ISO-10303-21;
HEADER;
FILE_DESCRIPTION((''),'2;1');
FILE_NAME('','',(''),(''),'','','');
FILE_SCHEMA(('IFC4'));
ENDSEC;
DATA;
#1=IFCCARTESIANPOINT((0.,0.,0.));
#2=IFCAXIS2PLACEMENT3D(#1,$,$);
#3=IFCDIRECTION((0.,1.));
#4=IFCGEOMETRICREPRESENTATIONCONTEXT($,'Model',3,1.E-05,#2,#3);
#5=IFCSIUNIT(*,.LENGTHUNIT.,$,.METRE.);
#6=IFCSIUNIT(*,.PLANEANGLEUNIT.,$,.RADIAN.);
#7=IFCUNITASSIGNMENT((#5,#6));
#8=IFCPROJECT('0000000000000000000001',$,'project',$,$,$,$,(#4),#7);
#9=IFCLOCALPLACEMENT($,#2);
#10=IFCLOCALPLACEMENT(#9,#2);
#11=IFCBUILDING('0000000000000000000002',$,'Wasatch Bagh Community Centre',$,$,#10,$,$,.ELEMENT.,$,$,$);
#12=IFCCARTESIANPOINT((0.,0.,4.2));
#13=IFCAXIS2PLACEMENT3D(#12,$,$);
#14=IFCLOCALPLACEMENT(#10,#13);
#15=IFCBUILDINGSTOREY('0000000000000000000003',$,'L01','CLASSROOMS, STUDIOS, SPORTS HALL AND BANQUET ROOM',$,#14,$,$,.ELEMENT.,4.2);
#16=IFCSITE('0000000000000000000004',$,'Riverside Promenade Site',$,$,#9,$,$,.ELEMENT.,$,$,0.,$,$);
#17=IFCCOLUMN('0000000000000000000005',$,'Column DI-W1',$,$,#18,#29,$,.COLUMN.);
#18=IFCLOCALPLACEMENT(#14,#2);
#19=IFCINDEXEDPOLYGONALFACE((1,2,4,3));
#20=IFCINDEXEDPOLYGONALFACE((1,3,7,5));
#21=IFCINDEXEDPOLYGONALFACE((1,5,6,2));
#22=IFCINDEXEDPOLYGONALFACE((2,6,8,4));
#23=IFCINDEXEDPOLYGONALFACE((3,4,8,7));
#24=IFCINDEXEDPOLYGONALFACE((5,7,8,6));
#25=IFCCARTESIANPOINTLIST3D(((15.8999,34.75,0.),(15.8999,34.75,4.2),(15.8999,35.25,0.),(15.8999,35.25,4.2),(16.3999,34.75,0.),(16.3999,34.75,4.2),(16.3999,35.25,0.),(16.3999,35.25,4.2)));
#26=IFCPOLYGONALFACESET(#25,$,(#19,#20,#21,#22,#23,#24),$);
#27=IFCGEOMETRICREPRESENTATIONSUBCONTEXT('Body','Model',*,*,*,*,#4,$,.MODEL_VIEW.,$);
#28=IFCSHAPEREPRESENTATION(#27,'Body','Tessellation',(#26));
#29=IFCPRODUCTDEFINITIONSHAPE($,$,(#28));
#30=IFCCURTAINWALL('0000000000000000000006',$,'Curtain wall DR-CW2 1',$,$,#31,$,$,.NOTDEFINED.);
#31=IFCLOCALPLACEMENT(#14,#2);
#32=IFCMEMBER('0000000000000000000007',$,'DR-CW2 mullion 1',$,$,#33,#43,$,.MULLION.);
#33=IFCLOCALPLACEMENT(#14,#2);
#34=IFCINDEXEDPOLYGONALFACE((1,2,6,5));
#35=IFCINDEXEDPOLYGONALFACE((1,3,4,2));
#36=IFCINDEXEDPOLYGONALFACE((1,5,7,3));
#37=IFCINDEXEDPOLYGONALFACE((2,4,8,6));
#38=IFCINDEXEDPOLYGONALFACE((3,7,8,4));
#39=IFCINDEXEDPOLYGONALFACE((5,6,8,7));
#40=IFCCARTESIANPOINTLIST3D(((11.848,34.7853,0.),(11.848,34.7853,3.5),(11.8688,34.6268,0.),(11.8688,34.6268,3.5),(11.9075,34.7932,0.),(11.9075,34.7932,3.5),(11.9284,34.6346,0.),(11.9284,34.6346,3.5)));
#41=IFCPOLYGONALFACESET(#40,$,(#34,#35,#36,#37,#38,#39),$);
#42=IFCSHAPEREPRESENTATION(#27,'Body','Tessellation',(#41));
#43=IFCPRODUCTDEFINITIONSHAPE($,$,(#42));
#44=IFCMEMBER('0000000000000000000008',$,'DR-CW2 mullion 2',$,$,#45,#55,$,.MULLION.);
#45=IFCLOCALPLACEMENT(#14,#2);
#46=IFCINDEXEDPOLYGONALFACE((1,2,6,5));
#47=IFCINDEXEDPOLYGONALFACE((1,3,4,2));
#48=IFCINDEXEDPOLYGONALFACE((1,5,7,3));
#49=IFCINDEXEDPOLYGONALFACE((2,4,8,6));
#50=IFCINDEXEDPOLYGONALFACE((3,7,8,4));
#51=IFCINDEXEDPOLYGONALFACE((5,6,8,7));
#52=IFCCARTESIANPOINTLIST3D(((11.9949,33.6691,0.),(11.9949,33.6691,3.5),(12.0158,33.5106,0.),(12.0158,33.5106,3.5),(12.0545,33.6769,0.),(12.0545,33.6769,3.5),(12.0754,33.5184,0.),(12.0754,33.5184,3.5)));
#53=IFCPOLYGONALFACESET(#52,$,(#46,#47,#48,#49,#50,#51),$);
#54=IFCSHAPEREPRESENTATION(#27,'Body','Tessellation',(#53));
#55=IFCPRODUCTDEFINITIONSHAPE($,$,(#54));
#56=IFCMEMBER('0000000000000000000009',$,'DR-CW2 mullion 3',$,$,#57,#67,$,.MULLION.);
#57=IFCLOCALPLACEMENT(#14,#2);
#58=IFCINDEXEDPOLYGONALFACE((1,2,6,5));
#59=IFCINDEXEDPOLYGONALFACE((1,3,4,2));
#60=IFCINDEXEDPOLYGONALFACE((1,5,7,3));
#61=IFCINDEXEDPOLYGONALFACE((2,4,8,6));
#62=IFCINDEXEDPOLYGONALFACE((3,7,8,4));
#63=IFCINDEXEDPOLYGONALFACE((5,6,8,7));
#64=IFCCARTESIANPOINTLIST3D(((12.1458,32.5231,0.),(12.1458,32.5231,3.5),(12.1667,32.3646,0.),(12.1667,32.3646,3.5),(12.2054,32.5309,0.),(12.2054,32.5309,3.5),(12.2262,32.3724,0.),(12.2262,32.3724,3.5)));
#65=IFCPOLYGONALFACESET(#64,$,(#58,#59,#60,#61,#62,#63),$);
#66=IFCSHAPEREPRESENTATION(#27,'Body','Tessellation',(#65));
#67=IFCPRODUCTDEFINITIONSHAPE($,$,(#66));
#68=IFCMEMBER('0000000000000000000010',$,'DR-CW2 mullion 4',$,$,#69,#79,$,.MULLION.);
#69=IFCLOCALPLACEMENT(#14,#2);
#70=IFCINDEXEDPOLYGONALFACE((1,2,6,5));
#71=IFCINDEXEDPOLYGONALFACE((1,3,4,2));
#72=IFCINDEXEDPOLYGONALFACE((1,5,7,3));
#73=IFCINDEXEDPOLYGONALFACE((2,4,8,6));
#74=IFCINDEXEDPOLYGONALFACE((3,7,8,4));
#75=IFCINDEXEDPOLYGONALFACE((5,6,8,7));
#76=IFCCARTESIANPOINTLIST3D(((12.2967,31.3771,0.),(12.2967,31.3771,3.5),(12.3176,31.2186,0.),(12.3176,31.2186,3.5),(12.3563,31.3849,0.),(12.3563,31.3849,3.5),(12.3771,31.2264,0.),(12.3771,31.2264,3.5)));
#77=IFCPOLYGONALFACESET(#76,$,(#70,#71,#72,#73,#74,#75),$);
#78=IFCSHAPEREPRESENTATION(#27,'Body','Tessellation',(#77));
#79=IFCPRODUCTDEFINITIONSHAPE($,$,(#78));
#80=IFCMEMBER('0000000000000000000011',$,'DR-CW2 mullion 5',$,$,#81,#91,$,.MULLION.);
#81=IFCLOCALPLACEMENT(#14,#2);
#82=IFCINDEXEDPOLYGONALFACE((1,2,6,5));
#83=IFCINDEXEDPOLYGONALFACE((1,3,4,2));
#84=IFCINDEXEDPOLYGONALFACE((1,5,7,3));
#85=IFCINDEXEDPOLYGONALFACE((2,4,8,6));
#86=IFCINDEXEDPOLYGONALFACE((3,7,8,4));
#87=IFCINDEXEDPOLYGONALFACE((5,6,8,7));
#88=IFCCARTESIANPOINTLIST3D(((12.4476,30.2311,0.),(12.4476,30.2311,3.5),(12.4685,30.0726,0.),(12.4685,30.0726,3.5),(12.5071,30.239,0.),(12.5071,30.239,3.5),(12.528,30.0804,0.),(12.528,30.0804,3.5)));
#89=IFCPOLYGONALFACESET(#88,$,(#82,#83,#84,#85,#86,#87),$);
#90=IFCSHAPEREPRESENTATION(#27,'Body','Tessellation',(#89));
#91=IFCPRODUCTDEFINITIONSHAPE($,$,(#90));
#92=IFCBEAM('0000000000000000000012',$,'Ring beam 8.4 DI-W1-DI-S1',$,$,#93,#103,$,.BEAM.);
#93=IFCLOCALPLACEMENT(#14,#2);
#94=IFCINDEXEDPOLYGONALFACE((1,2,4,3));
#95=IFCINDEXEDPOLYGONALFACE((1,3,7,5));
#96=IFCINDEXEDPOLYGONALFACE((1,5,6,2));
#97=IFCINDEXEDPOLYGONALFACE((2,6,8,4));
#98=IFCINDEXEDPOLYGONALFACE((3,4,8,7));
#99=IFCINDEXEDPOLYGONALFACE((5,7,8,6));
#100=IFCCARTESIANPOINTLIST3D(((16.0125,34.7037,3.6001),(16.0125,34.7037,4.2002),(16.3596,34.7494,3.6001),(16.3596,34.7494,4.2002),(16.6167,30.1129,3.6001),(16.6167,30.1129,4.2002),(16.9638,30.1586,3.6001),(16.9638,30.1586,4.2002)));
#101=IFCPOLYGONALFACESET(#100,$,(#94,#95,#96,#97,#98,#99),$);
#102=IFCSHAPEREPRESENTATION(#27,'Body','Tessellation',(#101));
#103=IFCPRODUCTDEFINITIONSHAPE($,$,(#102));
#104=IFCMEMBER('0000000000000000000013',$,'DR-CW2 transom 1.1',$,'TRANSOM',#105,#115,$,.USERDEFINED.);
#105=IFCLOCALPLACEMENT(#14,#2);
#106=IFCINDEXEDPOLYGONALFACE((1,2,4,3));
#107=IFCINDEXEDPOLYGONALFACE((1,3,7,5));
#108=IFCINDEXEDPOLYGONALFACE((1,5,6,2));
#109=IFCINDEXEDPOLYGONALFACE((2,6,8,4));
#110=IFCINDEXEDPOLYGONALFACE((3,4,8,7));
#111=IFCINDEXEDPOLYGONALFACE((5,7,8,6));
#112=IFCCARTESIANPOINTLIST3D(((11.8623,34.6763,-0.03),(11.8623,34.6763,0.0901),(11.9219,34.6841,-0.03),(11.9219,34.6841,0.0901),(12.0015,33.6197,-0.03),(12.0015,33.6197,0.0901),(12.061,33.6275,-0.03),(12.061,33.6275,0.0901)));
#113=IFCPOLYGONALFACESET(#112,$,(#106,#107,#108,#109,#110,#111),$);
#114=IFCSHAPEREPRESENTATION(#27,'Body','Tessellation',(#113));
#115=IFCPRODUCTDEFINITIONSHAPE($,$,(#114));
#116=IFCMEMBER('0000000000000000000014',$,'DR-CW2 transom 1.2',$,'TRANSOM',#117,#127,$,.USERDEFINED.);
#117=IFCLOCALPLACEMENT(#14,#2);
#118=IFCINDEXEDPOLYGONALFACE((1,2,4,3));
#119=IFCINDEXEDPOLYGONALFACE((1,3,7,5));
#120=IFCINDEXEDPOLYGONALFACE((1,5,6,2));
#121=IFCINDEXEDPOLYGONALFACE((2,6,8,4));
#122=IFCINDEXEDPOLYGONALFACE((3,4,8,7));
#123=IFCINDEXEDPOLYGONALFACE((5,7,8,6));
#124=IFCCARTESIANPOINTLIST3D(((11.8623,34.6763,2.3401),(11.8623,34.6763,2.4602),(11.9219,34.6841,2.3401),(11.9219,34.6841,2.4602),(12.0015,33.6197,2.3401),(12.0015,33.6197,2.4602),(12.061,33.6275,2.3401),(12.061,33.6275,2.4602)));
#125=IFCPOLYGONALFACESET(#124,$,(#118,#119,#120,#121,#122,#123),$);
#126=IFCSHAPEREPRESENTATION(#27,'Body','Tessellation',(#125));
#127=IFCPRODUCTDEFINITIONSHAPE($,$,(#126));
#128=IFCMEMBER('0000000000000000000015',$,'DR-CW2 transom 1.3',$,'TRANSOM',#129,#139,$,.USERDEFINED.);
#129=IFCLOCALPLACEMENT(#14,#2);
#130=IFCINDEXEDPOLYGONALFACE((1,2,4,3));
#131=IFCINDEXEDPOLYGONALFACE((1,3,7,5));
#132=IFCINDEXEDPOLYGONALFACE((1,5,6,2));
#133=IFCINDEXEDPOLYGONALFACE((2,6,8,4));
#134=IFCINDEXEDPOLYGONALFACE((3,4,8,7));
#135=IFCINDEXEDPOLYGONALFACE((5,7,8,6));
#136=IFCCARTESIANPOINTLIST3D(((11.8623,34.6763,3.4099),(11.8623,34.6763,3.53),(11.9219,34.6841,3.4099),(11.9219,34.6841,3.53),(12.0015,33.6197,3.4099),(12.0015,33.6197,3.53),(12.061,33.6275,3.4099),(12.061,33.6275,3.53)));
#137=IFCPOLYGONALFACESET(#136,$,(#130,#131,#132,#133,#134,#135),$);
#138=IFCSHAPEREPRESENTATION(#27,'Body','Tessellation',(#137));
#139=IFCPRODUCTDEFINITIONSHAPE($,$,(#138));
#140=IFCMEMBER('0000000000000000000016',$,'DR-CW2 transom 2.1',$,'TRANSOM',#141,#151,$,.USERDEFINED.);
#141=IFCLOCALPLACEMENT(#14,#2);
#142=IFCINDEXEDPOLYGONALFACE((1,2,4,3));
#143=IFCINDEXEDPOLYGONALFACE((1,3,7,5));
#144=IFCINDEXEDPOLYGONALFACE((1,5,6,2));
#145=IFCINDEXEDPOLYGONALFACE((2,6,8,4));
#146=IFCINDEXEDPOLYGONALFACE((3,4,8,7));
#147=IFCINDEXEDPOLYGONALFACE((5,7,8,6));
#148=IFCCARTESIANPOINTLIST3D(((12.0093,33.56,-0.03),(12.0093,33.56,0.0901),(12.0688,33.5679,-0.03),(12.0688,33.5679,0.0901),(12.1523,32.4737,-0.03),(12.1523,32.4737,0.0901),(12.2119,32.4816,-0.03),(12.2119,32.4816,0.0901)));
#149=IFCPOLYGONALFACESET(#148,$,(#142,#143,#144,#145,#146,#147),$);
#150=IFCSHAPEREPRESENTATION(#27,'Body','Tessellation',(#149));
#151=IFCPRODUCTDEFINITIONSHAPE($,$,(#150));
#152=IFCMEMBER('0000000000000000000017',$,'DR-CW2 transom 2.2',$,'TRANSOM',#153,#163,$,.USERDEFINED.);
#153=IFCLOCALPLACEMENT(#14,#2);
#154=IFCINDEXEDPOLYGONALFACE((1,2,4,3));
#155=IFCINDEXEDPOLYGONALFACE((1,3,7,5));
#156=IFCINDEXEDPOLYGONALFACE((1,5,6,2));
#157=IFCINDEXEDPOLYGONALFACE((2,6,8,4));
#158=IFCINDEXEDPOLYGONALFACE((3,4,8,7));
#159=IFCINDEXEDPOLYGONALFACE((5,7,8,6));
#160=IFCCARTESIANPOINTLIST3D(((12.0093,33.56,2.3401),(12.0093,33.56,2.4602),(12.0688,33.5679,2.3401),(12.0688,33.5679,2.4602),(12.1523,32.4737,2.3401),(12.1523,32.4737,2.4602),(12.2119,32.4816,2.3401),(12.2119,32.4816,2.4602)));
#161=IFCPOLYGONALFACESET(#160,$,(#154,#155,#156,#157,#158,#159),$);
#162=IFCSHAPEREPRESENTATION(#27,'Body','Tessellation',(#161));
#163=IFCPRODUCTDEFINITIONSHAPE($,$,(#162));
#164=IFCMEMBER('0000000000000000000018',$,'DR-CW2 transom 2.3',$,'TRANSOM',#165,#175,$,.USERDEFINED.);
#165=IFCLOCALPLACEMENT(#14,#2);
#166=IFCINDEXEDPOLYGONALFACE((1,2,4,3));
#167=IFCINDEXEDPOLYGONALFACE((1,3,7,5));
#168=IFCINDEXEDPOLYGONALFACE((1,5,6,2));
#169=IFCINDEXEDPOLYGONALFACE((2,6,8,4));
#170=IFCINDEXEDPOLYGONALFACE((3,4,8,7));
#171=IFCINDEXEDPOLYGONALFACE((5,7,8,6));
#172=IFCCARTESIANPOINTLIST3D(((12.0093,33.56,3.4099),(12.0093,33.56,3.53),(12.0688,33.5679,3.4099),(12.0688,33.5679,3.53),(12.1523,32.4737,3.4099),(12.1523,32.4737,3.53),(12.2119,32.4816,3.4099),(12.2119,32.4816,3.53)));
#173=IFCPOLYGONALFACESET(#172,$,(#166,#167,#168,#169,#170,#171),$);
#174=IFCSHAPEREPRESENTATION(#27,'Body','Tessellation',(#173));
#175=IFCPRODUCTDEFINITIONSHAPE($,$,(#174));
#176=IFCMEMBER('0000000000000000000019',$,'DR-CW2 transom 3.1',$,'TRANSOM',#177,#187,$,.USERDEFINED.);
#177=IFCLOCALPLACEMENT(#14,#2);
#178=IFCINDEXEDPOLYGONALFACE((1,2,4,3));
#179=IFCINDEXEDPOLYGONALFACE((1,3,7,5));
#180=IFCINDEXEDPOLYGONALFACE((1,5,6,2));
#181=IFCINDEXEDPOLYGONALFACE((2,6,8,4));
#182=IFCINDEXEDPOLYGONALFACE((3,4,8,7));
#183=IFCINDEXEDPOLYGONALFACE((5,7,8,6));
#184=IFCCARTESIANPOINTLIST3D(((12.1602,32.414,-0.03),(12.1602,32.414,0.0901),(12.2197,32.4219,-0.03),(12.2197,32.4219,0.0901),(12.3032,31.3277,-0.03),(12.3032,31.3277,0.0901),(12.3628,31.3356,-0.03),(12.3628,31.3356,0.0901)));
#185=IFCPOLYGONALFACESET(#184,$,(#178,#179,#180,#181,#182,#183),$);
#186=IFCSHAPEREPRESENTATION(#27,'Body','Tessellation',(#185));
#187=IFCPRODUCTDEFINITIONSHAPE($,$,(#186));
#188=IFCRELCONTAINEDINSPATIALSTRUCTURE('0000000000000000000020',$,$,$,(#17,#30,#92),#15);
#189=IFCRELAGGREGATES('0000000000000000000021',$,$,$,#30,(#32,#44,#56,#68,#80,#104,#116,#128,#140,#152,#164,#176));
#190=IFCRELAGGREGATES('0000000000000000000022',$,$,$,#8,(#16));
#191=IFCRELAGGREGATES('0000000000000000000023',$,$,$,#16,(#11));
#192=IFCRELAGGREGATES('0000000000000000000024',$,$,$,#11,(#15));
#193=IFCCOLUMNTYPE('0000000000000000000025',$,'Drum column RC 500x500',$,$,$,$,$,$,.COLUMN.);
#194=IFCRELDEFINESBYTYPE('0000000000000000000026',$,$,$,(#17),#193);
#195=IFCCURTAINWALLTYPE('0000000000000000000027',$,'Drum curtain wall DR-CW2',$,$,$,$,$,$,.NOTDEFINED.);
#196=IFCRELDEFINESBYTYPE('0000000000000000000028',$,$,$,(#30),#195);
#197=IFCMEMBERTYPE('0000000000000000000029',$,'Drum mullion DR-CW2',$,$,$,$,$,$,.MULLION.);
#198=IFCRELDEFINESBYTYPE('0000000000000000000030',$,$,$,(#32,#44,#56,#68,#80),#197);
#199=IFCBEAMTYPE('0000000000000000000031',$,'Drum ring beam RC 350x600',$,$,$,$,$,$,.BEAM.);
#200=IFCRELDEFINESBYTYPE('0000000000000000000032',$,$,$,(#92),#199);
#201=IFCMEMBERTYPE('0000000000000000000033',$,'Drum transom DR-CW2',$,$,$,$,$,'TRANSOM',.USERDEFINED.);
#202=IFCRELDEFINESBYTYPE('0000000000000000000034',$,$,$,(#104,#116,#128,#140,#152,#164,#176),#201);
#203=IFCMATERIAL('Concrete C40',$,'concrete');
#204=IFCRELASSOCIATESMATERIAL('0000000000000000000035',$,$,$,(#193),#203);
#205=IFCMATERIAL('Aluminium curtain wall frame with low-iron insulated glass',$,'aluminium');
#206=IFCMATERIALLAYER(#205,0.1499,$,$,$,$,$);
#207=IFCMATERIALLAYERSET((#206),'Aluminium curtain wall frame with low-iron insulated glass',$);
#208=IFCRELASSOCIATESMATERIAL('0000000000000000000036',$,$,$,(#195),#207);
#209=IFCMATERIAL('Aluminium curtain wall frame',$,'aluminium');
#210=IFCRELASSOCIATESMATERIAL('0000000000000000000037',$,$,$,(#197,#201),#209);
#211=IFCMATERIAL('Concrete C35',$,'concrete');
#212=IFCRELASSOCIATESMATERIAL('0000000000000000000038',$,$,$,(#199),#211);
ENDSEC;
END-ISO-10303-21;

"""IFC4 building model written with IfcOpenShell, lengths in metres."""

from ifc_helpers import new_model, si_unit, direction, frame, origin, origin_2d, place, context, subcontext, project, spatial, rectangle, extrude, material, layer, layer_set, material_profile, profile_set, type_object, element, aggregate, save


model = new_model("IFC4")

# Units and contexts
model_context = context("Model", 3, precision=1e-05, world=origin(), true_north=direction((0.0, 1.0)))
body_context = subcontext(model_context, "Body", "Model", "MODEL_VIEW")
ifc_project = project(units=[si_unit("LENGTHUNIT", "METRE"), si_unit("PLANEANGLEUNIT", "RADIAN")], contexts=[model_context])

# Site, building, storey
site_placement = place(None, origin())
site = spatial("IfcSite", under=ifc_project, at=site_placement, Name="Riverside Promenade Site", CompositionType="ELEMENT", RefElevation=0.0)
building_placement = place(site_placement, origin())
building = spatial("IfcBuilding", under=site, at=building_placement, Name="Wasatch Bagh Community Centre", CompositionType="ELEMENT")
storey_placement = place(building_placement, frame((0.0, 0.0, 4.2)))
storey = spatial("IfcBuildingStorey", under=building, at=storey_placement, Name="L01", Description="CLASSROOMS, STUDIOS, SPORTS HALL AND BANQUET ROOM", CompositionType="ELEMENT", Elevation=4.2)

# Column
ifc_material_1 = material(Name="Concrete C40", Category="concrete")
ifc_material_profile_1 = material_profile(ifc_material_1, rectangle(XDim=0.5, YDim=0.5, at=origin_2d()), Name="RC 500x500")
ifc_profile_set_1 = profile_set([ifc_material_profile_1], Name="Concrete C40")
column_type = type_object("IfcColumnType", Name="Drum column RC 500x500", PredefinedType="COLUMN", material=ifc_profile_set_1)
column_placement = place(storey_placement, frame((16.1499, 35.0, 0.0), z_axis=(0.0, 0.0, 1.0), x_axis=(1.0, 0.0, 0.0)))
element("IfcColumn", 1, at=column_placement, inside=storey, type_object=column_type, Name="Column DI-W1", PredefinedType="COLUMN", context=body_context, shape_type="SweptSolid", body=[
    extrude(rectangle(XDim=0.5, YDim=0.5, at=origin_2d()), origin(), (0.0, 0.0, 1.0), 4.2),
])

# Curtain wall, members
ifc_material_2 = material(Name="Aluminium curtain wall frame with low-iron insulated glass", Category="aluminium")
ifc_layer_1 = layer(ifc_material_2, 0.1499)
ifc_layer_set_1 = layer_set([ifc_layer_1], Name="Aluminium curtain wall frame with low-iron insulated glass")
curtain_wall_type = type_object("IfcCurtainWallType", Name="Drum curtain wall DR-CW2", PredefinedType="NOTDEFINED", material=ifc_layer_set_1)
curtain_wall_placement = place(storey_placement, origin())
curtain_wall = element("IfcCurtainWall", 2, at=curtain_wall_placement, inside=storey, type_object=curtain_wall_type, Name="Curtain wall DR-CW2 1", PredefinedType="NOTDEFINED")
ifc_material_3 = material(Name="Aluminium curtain wall frame", Category="aluminium")
ifc_material_profile_2 = material_profile(ifc_material_3, rectangle(XDim=0.0601, YDim=0.1599, at=origin_2d()), Name="Drum mullion DR-CW2")
ifc_profile_set_2 = profile_set([ifc_material_profile_2], Name="Aluminium curtain wall frame")
member_type_1 = type_object("IfcMemberType", Name="Drum mullion DR-CW2", PredefinedType="MULLION", material=ifc_profile_set_2)
member_1_placement = place(storey_placement, frame((11.8882, 34.71, 0.0), z_axis=(0.0, 0.0, 1.0), x_axis=(0.991445, 0.130526, 0.0)))
member_1 = element("IfcMember", 3, at=member_1_placement, type_object=member_type_1, Name="DR-CW2 mullion 1", PredefinedType="MULLION", context=body_context, shape_type="SweptSolid", body=[
    extrude(rectangle(XDim=0.0601, YDim=0.1599, at=origin_2d()), origin(), (0.0, 0.0, 1.0), 3.5),
])
member_2_placement = place(storey_placement, frame((12.0352, 33.5938, 0.0), z_axis=(0.0, 0.0, 1.0), x_axis=(0.991445, 0.130526, 0.0)))
member_2 = element("IfcMember", 4, at=member_2_placement, type_object=member_type_1, Name="DR-CW2 mullion 2", PredefinedType="MULLION", context=body_context, shape_type="SweptSolid", body=[
    extrude(rectangle(XDim=0.0601, YDim=0.1599, at=origin_2d()), origin(), (0.0, 0.0, 1.0), 3.5),
])
member_3_placement = place(storey_placement, frame((12.186, 32.4478, 0.0), z_axis=(0.0, 0.0, 1.0), x_axis=(0.991445, 0.130526, 0.0)))
member_3 = element("IfcMember", 5, at=member_3_placement, type_object=member_type_1, Name="DR-CW2 mullion 3", PredefinedType="MULLION", context=body_context, shape_type="SweptSolid", body=[
    extrude(rectangle(XDim=0.0601, YDim=0.1599, at=origin_2d()), origin(), (0.0, 0.0, 1.0), 3.5),
])
member_4_placement = place(storey_placement, frame((12.3369, 31.3018, 0.0), z_axis=(0.0, 0.0, 1.0), x_axis=(0.991445, 0.130526, 0.0)))
member_4 = element("IfcMember", 6, at=member_4_placement, type_object=member_type_1, Name="DR-CW2 mullion 4", PredefinedType="MULLION", context=body_context, shape_type="SweptSolid", body=[
    extrude(rectangle(XDim=0.0601, YDim=0.1599, at=origin_2d()), origin(), (0.0, 0.0, 1.0), 3.5),
])
member_5_placement = place(storey_placement, frame((12.4878, 30.1558, 0.0), z_axis=(0.0, 0.0, 1.0), x_axis=(0.991445, 0.130526, 0.0)))
member_5 = element("IfcMember", 7, at=member_5_placement, type_object=member_type_1, Name="DR-CW2 mullion 5", PredefinedType="MULLION", context=body_context, shape_type="SweptSolid", body=[
    extrude(rectangle(XDim=0.0601, YDim=0.1599, at=origin_2d()), origin(), (0.0, 0.0, 1.0), 3.5),
])

# Beam
ifc_material_4 = material(Name="Concrete C35", Category="concrete")
ifc_material_profile_3 = material_profile(ifc_material_4, rectangle(XDim=0.3501, YDim=0.6001, at=origin_2d()), Name="RC 350x600")
ifc_profile_set_3 = profile_set([ifc_material_profile_3], Name="Concrete C35")
beam_type = type_object("IfcBeamType", Name="Drum ring beam RC 350x600", PredefinedType="BEAM", material=ifc_profile_set_3)
beam_placement = place(storey_placement, frame((16.186, 34.7266, 3.9001), z_axis=(0.130495, -0.991449, 0.0), x_axis=(0.991449, 0.130495, 0.0)))
element("IfcBeam", 8, at=beam_placement, inside=storey, type_object=beam_type, Name="Ring beam 8.4 DI-W1-DI-S1", PredefinedType="BEAM", context=body_context, shape_type="SweptSolid", body=[
    extrude(rectangle(XDim=0.3501, YDim=0.6001, at=origin_2d()), origin(), (0.0, 0.0, 1.0), 4.6304),
])

# Members
ifc_material_profile_4 = material_profile(ifc_material_3, rectangle(XDim=0.0601, YDim=0.1201, at=origin_2d()), Name="Drum transom DR-CW2")
ifc_profile_set_4 = profile_set([ifc_material_profile_4], Name="Aluminium curtain wall frame")
member_type_2 = type_object("IfcMemberType", Name="Drum transom DR-CW2", ElementType="TRANSOM", PredefinedType="USERDEFINED", material=ifc_profile_set_4)
member_6_placement = place(storey_placement, frame((11.8921, 34.6802, 0.03), z_axis=(0.130573, -0.991439, 0.0), x_axis=(0.991439, 0.130573, 0.0)))
member_6 = element("IfcMember", 9, at=member_6_placement, type_object=member_type_2, Name="DR-CW2 transom 1.1", ObjectType="TRANSOM", PredefinedType="USERDEFINED", context=body_context, shape_type="SweptSolid", body=[
    extrude(rectangle(XDim=0.0601, YDim=0.1201, at=origin_2d()), origin(), (0.0, 0.0, 1.0), 1.0657),
])
member_7_placement = place(storey_placement, frame((11.8921, 34.6802, 2.4001), z_axis=(0.130573, -0.991439, 0.0), x_axis=(0.991439, 0.130573, 0.0)))
member_7 = element("IfcMember", 10, at=member_7_placement, type_object=member_type_2, Name="DR-CW2 transom 1.2", ObjectType="TRANSOM", PredefinedType="USERDEFINED", context=body_context, shape_type="SweptSolid", body=[
    extrude(rectangle(XDim=0.0601, YDim=0.1201, at=origin_2d()), origin(), (0.0, 0.0, 1.0), 1.0657),
])
member_8_placement = place(storey_placement, frame((11.8921, 34.6802, 3.47), z_axis=(0.130573, -0.991439, 0.0), x_axis=(0.991439, 0.130573, 0.0)))
member_8 = element("IfcMember", 11, at=member_8_placement, type_object=member_type_2, Name="DR-CW2 transom 1.3", ObjectType="TRANSOM", PredefinedType="USERDEFINED", context=body_context, shape_type="SweptSolid", body=[
    extrude(rectangle(XDim=0.0601, YDim=0.1201, at=origin_2d()), origin(), (0.0, 0.0, 1.0), 1.0657),
])
member_9_placement = place(storey_placement, frame((12.0391, 33.564, 0.03), z_axis=(0.130558, -0.991441, 0.0), x_axis=(0.991441, 0.130558, 0.0)))
member_9 = element("IfcMember", 12, at=member_9_placement, type_object=member_type_2, Name="DR-CW2 transom 2.1", ObjectType="TRANSOM", PredefinedType="USERDEFINED", context=body_context, shape_type="SweptSolid", body=[
    extrude(rectangle(XDim=0.0601, YDim=0.1201, at=origin_2d()), origin(), (0.0, 0.0, 1.0), 1.0957),
])
member_10_placement = place(storey_placement, frame((12.0391, 33.564, 2.4001), z_axis=(0.130558, -0.991441, 0.0), x_axis=(0.991441, 0.130558, 0.0)))
member_10 = element("IfcMember", 13, at=member_10_placement, type_object=member_type_2, Name="DR-CW2 transom 2.2", ObjectType="TRANSOM", PredefinedType="USERDEFINED", context=body_context, shape_type="SweptSolid", body=[
    extrude(rectangle(XDim=0.0601, YDim=0.1201, at=origin_2d()), origin(), (0.0, 0.0, 1.0), 1.0957),
])
member_11_placement = place(storey_placement, frame((12.0391, 33.564, 3.47), z_axis=(0.130558, -0.991441, 0.0), x_axis=(0.991441, 0.130558, 0.0)))
member_11 = element("IfcMember", 14, at=member_11_placement, type_object=member_type_2, Name="DR-CW2 transom 2.3", ObjectType="TRANSOM", PredefinedType="USERDEFINED", context=body_context, shape_type="SweptSolid", body=[
    extrude(rectangle(XDim=0.0601, YDim=0.1201, at=origin_2d()), origin(), (0.0, 0.0, 1.0), 1.0957),
])
member_12_placement = place(storey_placement, frame((12.1899, 32.418, 0.03), z_axis=(0.130558, -0.991441, 0.0), x_axis=(0.991441, 0.130558, 0.0)))
member_12 = element("IfcMember", 15, at=member_12_placement, type_object=member_type_2, Name="DR-CW2 transom 3.1", ObjectType="TRANSOM", PredefinedType="USERDEFINED", context=body_context, shape_type="SweptSolid", body=[
    extrude(rectangle(XDim=0.0601, YDim=0.1201, at=origin_2d()), origin(), (0.0, 0.0, 1.0), 1.0957),
])

aggregate(curtain_wall, [member_1, member_2, member_3, member_4, member_5, member_6, member_7, member_8, member_9, member_10, member_11, member_12])

save(model, "model.ifc")
